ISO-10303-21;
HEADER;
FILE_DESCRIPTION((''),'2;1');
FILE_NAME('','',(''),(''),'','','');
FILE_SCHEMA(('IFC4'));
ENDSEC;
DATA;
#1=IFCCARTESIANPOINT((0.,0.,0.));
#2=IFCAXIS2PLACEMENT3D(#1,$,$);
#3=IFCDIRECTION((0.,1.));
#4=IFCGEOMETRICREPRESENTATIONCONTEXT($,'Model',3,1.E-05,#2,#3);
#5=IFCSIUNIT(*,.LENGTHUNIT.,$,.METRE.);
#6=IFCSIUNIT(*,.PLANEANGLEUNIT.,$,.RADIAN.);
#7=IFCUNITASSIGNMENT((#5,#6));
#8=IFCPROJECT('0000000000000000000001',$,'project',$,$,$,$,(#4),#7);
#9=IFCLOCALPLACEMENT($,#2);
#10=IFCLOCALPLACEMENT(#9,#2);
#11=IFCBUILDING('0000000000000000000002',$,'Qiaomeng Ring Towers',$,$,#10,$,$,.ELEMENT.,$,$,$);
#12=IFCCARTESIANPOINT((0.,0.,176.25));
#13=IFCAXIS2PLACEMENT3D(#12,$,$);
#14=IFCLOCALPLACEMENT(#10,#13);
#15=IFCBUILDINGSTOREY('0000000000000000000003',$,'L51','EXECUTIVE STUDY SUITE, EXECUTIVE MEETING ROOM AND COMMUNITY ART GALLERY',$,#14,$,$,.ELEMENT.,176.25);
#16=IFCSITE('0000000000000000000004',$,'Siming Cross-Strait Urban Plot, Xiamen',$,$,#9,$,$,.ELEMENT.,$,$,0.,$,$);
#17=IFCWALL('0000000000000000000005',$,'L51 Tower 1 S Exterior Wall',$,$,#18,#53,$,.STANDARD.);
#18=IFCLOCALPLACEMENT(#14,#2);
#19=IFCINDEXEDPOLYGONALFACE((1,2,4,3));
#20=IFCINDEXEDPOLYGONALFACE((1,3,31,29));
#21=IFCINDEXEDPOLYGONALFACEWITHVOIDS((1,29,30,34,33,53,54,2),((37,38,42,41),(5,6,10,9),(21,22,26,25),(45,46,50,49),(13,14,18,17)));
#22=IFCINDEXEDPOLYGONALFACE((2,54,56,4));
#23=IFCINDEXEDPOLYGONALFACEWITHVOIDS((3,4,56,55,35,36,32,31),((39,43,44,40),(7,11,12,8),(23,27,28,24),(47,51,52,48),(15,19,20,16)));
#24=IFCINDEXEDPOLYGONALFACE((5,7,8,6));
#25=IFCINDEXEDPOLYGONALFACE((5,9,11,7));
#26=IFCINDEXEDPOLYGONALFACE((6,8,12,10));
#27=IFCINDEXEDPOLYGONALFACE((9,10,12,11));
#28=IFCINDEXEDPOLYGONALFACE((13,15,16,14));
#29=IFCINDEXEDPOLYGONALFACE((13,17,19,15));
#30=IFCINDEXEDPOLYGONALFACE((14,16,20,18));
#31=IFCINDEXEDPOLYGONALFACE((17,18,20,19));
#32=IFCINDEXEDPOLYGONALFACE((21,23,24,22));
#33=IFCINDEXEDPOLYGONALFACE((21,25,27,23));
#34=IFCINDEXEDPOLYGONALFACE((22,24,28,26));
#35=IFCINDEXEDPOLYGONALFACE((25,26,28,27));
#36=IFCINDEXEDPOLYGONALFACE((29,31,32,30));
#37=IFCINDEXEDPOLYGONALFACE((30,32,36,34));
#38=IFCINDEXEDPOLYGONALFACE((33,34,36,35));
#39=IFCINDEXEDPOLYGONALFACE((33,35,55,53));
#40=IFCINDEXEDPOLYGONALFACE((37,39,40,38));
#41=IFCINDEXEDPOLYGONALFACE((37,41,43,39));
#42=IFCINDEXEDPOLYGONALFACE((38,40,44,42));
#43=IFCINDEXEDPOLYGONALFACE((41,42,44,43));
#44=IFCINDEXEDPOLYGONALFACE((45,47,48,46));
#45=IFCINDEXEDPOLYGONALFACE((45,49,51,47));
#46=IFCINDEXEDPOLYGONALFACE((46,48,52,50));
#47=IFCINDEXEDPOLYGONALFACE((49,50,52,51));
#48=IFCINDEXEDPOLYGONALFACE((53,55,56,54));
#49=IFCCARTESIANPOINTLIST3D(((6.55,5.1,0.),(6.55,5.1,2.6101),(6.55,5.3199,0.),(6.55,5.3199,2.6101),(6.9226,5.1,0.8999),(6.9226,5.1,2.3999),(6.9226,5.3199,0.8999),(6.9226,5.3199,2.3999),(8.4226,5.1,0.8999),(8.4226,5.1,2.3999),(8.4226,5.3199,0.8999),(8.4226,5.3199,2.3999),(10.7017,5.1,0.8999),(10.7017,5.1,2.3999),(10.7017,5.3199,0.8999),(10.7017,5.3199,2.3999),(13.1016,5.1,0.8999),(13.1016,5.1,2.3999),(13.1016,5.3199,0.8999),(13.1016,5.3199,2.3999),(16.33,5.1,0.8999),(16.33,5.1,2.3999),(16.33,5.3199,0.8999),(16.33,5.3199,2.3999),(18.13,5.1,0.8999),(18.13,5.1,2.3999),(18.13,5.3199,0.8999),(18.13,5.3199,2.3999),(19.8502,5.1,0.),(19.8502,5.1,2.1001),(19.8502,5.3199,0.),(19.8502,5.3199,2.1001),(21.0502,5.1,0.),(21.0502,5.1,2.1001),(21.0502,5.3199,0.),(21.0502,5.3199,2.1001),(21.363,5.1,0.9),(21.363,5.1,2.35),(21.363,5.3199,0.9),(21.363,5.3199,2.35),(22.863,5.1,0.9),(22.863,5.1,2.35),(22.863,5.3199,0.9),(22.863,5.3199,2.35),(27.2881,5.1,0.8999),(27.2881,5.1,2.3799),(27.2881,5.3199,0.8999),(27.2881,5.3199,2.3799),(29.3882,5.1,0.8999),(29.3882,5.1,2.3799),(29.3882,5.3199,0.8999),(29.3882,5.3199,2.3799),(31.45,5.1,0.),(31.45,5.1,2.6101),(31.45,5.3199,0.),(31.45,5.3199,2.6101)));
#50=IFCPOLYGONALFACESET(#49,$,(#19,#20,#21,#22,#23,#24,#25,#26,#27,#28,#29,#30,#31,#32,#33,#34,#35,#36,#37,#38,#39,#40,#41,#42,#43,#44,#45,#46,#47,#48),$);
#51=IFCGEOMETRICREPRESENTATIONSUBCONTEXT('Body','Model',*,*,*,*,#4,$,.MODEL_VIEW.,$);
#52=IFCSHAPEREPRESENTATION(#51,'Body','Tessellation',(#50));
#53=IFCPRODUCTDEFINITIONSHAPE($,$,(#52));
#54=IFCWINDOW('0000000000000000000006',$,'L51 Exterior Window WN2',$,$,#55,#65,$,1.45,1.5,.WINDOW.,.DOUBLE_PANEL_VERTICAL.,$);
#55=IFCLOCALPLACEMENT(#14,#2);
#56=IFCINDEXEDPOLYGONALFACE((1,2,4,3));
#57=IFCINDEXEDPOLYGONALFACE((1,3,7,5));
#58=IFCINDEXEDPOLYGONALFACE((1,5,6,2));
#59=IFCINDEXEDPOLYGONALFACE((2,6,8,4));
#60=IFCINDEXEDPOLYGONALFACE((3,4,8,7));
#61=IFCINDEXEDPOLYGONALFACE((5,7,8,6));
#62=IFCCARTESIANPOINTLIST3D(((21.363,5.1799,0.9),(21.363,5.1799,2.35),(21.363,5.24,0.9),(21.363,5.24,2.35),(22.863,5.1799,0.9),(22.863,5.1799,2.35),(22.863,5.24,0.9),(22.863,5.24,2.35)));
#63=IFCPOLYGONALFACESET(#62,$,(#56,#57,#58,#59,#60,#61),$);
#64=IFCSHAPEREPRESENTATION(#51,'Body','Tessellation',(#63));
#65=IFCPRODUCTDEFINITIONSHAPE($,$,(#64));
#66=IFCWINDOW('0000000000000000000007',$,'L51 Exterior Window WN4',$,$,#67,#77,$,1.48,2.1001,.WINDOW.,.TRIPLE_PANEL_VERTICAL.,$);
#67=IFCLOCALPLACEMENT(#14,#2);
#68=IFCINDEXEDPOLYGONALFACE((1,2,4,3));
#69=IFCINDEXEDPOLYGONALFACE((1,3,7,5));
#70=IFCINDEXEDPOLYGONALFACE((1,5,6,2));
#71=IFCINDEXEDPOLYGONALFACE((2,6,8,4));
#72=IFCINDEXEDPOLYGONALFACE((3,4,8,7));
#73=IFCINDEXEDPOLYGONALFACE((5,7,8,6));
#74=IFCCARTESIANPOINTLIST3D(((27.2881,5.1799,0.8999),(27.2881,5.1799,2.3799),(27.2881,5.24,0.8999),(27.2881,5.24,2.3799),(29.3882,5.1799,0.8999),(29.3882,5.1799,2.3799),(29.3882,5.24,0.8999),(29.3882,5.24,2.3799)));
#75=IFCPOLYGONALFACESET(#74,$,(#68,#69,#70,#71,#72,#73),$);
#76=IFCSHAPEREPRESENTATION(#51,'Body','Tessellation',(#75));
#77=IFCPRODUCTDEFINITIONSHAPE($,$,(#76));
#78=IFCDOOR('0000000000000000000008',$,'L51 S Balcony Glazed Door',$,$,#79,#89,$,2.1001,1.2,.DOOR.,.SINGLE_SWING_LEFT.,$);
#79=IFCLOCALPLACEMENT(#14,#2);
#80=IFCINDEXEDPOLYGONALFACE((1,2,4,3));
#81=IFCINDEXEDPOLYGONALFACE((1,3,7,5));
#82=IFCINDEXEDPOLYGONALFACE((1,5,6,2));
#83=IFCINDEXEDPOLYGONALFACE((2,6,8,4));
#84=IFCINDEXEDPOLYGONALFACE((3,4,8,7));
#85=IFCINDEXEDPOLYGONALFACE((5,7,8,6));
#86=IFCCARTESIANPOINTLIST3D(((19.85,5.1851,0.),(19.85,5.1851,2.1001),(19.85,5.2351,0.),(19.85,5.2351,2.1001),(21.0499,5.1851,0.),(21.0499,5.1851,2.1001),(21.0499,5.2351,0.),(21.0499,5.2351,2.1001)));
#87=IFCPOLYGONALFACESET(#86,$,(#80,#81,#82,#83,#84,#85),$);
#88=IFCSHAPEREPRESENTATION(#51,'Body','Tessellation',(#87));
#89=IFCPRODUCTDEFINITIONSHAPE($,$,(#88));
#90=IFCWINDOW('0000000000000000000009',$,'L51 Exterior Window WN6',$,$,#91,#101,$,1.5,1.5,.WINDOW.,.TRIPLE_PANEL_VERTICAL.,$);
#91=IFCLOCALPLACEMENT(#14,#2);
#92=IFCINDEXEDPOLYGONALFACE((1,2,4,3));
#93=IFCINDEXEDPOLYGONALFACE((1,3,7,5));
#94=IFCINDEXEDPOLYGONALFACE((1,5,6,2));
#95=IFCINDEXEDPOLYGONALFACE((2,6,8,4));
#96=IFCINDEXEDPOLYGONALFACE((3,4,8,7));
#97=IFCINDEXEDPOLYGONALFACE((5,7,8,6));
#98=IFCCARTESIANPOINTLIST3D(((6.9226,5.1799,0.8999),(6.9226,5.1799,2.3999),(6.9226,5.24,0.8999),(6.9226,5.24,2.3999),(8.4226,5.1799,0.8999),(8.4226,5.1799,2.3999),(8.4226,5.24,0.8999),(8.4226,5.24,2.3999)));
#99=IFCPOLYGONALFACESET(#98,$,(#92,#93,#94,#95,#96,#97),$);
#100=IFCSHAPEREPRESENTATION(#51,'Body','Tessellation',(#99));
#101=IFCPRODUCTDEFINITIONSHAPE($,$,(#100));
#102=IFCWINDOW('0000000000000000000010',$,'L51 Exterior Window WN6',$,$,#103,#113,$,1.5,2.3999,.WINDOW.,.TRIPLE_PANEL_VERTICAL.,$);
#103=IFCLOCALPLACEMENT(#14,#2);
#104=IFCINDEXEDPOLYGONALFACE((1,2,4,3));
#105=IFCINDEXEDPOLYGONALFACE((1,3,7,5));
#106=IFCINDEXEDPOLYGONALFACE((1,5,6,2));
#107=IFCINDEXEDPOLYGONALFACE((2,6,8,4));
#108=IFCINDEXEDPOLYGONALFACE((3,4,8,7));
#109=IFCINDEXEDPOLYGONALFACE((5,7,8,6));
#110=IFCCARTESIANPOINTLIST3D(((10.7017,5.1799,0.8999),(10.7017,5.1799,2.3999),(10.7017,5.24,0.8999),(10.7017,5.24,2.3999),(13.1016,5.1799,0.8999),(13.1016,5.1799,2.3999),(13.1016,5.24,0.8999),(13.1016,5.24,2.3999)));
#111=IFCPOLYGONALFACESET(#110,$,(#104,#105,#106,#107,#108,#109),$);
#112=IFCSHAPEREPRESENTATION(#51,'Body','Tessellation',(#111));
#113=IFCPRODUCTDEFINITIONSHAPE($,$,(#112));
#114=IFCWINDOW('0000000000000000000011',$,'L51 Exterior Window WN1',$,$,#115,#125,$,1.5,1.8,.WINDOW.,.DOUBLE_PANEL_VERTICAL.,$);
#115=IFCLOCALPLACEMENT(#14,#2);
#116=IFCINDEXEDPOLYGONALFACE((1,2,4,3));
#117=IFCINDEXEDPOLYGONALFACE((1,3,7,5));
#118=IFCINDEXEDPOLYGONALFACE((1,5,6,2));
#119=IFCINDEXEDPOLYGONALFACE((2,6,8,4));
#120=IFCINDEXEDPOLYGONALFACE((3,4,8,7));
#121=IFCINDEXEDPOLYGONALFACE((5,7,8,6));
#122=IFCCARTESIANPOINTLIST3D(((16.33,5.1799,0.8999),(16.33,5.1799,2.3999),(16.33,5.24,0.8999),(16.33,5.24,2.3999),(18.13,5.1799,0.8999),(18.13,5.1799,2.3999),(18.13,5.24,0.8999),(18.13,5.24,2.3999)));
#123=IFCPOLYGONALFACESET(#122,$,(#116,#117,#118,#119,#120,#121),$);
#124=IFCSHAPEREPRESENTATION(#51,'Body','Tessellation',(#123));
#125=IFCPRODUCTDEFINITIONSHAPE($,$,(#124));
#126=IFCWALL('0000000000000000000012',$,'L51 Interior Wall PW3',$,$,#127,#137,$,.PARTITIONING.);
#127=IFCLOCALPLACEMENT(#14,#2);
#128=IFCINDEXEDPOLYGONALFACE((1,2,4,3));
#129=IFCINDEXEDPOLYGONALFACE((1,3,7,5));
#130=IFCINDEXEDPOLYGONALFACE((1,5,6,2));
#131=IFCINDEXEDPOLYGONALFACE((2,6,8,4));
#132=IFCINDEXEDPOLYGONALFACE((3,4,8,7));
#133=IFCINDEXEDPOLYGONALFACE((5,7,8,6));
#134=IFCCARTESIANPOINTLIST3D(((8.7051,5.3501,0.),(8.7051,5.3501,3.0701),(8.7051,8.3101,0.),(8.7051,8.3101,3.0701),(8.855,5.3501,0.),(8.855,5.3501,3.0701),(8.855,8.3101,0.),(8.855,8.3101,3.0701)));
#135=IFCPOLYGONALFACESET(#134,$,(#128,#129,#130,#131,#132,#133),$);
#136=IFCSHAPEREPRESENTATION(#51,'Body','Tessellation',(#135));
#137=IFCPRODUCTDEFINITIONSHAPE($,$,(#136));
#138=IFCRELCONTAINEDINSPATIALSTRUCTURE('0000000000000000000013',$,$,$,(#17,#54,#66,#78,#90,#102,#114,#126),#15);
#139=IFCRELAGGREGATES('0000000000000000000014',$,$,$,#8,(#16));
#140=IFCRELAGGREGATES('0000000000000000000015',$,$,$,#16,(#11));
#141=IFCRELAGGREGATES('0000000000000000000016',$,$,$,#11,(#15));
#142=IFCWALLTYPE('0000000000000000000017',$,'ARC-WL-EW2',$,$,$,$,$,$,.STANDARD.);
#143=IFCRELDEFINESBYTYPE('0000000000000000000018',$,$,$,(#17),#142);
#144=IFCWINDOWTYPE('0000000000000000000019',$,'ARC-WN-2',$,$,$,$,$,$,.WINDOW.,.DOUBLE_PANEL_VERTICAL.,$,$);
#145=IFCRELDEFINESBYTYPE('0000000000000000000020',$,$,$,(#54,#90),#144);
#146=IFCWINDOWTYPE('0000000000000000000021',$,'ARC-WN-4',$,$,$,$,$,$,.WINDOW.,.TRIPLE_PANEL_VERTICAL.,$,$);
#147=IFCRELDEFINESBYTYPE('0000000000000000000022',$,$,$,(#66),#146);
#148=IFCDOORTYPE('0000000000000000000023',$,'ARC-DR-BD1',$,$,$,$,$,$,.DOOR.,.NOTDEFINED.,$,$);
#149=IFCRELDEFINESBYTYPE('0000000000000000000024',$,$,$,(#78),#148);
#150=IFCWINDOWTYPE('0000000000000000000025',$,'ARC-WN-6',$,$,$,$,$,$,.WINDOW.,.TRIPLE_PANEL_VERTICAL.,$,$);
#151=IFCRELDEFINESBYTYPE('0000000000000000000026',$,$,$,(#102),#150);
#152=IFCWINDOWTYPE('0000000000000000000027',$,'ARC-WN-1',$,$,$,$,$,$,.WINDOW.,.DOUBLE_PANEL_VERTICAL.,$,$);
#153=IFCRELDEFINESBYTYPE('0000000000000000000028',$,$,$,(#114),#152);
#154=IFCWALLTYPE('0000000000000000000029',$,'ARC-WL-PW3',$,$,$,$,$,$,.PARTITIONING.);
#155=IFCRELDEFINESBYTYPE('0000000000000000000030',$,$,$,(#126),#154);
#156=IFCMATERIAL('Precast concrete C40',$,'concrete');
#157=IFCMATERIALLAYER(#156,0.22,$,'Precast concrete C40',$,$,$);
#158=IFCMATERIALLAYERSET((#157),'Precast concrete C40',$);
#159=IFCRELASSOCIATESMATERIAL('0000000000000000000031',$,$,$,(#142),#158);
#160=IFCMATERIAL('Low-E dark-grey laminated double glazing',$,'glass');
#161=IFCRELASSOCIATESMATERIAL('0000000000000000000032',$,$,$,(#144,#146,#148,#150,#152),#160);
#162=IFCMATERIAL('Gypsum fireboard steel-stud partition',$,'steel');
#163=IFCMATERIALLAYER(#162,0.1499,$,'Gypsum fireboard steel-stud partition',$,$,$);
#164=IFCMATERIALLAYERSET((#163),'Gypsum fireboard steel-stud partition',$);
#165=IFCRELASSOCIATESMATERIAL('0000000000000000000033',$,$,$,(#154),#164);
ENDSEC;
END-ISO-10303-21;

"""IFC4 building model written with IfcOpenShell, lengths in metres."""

from ifc_helpers import new_model, si_unit, direction, frame, frame_2d, origin, place, context, subcontext, project, spatial, rectangle, extrude, source, transform, mapped, material, layer, layer_set, type_object, element, fill, save


model = new_model("IFC4")

# Units and contexts
model_context = context("Model", 3, precision=1e-05, world=origin(), true_north=direction((0.0, 1.0)))
body_context = subcontext(model_context, "Body", "Model", "MODEL_VIEW")
ifc_project = project(units=[si_unit("LENGTHUNIT", "METRE"), si_unit("PLANEANGLEUNIT", "RADIAN")], contexts=[model_context])

# Site, building, storey
site_placement = place(None, origin())
site = spatial("IfcSite", under=ifc_project, at=site_placement, Name="Siming Cross-Strait Urban Plot, Xiamen", CompositionType="ELEMENT", RefElevation=0.0)
building_placement = place(site_placement, origin())
building = spatial("IfcBuilding", under=site, at=building_placement, Name="Qiaomeng Ring Towers", CompositionType="ELEMENT")
storey_placement = place(building_placement, frame((0.0, 0.0, 176.25)))
storey = spatial("IfcBuildingStorey", under=building, at=storey_placement, Name="L51", Description="EXECUTIVE STUDY SUITE, EXECUTIVE MEETING ROOM AND COMMUNITY ART GALLERY", CompositionType="ELEMENT", Elevation=176.25)

# Shared definitions
ifc_material_1 = material(Name="Low-E dark-grey laminated double glazing", Category="glass")

# Wall, openings, windows, door
ifc_material_2 = material(Name="Precast concrete C40", Category="concrete")
ifc_layer_1 = layer(ifc_material_2, 0.22, Name="Precast concrete C40")
ifc_layer_set_1 = layer_set([ifc_layer_1], Name="Precast concrete C40")
wall_type_1 = type_object("IfcWallType", Name="ARC-WL-EW2", PredefinedType="STANDARD", material=ifc_layer_set_1)
wall_1_placement = place(storey_placement, frame((6.55, 5.21, 0.0), z_axis=(0.0, 0.0, 1.0), x_axis=(1.0, 0.0, 0.0)))
wall_1 = element("IfcWall", 1, at=wall_1_placement, inside=storey, type_object=wall_type_1, Name="L51 Tower 1 S Exterior Wall", PredefinedType="STANDARD", context=body_context, shape_type="SweptSolid", body=[
    extrude(rectangle(XDim=24.8999, YDim=0.22, at=frame_2d((12.45, 0.0))), origin(), (0.0, 0.0, 1.0), 2.6101),
])
opening_1_placement = place(wall_1_placement, frame((13.3, 0.0, 0.0)))
opening_1 = element("IfcOpeningElement", 2, at=opening_1_placement, cuts=wall_1, PredefinedType="OPENING", context=body_context, shape_type="SweptSolid", body=[
    extrude(rectangle(XDim=1.2, YDim=2.1001, at=frame_2d((0.6001, 1.05))), frame((0.0, 0.1199, 0.0), z_axis=(0.0, -1.0, 0.0), x_axis=(1.0, 0.0, 0.0)), (0.0, 0.0, 1.0), 0.24),
])
opening_2_placement = place(wall_1_placement, frame((0.3726, 0.0, 0.8999)))
opening_2 = element("IfcOpeningElement", 3, at=opening_2_placement, cuts=wall_1, PredefinedType="OPENING", context=body_context, shape_type="SweptSolid", body=[
    extrude(rectangle(XDim=1.5, YDim=1.5, at=frame_2d((0.75, 0.75))), frame((0.0, 0.1199, 0.0), z_axis=(0.0, -1.0, 0.0), x_axis=(1.0, 0.0, 0.0)), (0.0, 0.0, 1.0), 0.24),
])
opening_3_placement = place(wall_1_placement, frame((9.78, 0.0, 0.8999)))
opening_3 = element("IfcOpeningElement", 4, at=opening_3_placement, cuts=wall_1, PredefinedType="OPENING", context=body_context, shape_type="SweptSolid", body=[
    extrude(rectangle(XDim=1.8, YDim=1.5, at=frame_2d((0.8999, 0.75))), frame((0.0, 0.1199, 0.0), z_axis=(0.0, -1.0, 0.0), x_axis=(1.0, 0.0, 0.0)), (0.0, 0.0, 1.0), 0.24),
])
opening_4_placement = place(wall_1_placement, frame((14.813, 0.0, 0.8999)))
opening_4 = element("IfcOpeningElement", 5, at=opening_4_placement, cuts=wall_1, PredefinedType="OPENING", context=body_context, shape_type="SweptSolid", body=[
    extrude(rectangle(XDim=1.5, YDim=1.45, at=frame_2d((0.75, 0.7251))), frame((0.0, 0.1199, 0.0), z_axis=(0.0, -1.0, 0.0), x_axis=(1.0, 0.0, 0.0)), (0.0, 0.0, 1.0), 0.24),
])
opening_5_placement = place(wall_1_placement, frame((20.738, 0.0, 0.8999)))
opening_5 = element("IfcOpeningElement", 6, at=opening_5_placement, cuts=wall_1, PredefinedType="OPENING", context=body_context, shape_type="SweptSolid", body=[
    extrude(rectangle(XDim=2.1001, YDim=1.48, at=frame_2d((1.05, 0.74))), frame((0.0, 0.1199, 0.0), z_axis=(0.0, -1.0, 0.0), x_axis=(1.0, 0.0, 0.0)), (0.0, 0.0, 1.0), 0.24),
])
opening_6_placement = place(wall_1_placement, frame((4.1516, 0.0, 0.8999)))
opening_6 = element("IfcOpeningElement", 7, at=opening_6_placement, cuts=wall_1, PredefinedType="OPENING", context=body_context, shape_type="SweptSolid", body=[
    extrude(rectangle(XDim=2.3999, YDim=1.5, at=frame_2d((1.2, 0.75))), frame((0.0, 0.1199, 0.0), z_axis=(0.0, -1.0, 0.0), x_axis=(1.0, 0.0, 0.0)), (0.0, 0.0, 1.0), 0.24),
])
window_type_1 = type_object("IfcWindowType", Name="ARC-WN-2", PartitioningType="DOUBLE_PANEL_VERTICAL", PredefinedType="WINDOW", material=ifc_material_1)
shared_shape_1 = source(origin(), body_context, "Body", "SweptSolid", [
    extrude(rectangle(XDim=1.5, YDim=1.45, at=frame_2d((0.75, 0.7251))), frame((0.0, 0.03, 0.0), z_axis=(0.0, -1.0, 0.0), x_axis=(1.0, 0.0, 0.0)), (0.0, 0.0, 1.0), 0.0601),
])
window_1_placement = place(opening_4_placement, origin())
window_1 = element("IfcWindow", 8, at=window_1_placement, inside=storey, type_object=window_type_1, Name="L51 Exterior Window WN2", OverallHeight=1.45, OverallWidth=1.5, PartitioningType="DOUBLE_PANEL_VERTICAL", PredefinedType="WINDOW", context=body_context, shape_type="MappedRepresentation", body=[
    mapped(shared_shape_1, transform((0.0, 0.0, 0.0), x_axis=(1.0, 0.0, 0.0), y_axis=(0.0, 1.0, 0.0), z_axis=(0.0, 0.0, 1.0), scale=1.0)),
])
fill(opening_4, window_1)
window_type_2 = type_object("IfcWindowType", Name="ARC-WN-4", PartitioningType="TRIPLE_PANEL_VERTICAL", PredefinedType="WINDOW", material=ifc_material_1)
shared_shape_2 = source(origin(), body_context, "Body", "SweptSolid", [
    extrude(rectangle(XDim=2.1001, YDim=1.48, at=frame_2d((1.05, 0.74))), frame((0.0, 0.03, 0.0), z_axis=(0.0, -1.0, 0.0), x_axis=(1.0, 0.0, 0.0)), (0.0, 0.0, 1.0), 0.0601),
])
window_2_placement = place(opening_5_placement, origin())
window_2 = element("IfcWindow", 9, at=window_2_placement, inside=storey, type_object=window_type_2, Name="L51 Exterior Window WN4", OverallHeight=1.48, OverallWidth=2.1001, PartitioningType="TRIPLE_PANEL_VERTICAL", PredefinedType="WINDOW", context=body_context, shape_type="MappedRepresentation", body=[
    mapped(shared_shape_2, transform((0.0, 0.0, 0.0), x_axis=(1.0, 0.0, 0.0), y_axis=(0.0, 1.0, 0.0), z_axis=(0.0, 0.0, 1.0), scale=1.0)),
])
fill(opening_5, window_2)
door_type = type_object("IfcDoorType", Name="ARC-DR-BD1", OperationType="NOTDEFINED", PredefinedType="DOOR", material=ifc_material_1)
shared_shape_3 = source(origin(), body_context, "Body", "SweptSolid", [
    extrude(rectangle(XDim=1.2, YDim=2.1001, at=frame_2d((0.6001, 1.05))), frame((0.0, 0.0249, 0.0), z_axis=(0.0, -1.0, 0.0), x_axis=(1.0, 0.0, 0.0)), (0.0, 0.0, 1.0), 0.05),
])
door_placement = place(opening_1_placement, frame((1.2, 0.0, 0.0), z_axis=(0.0, 0.0, 1.0), x_axis=(-1.0, 0.0, 0.0)))
door = element("IfcDoor", 10, at=door_placement, inside=storey, type_object=door_type, Name="L51 S Balcony Glazed Door", OperationType="SINGLE_SWING_LEFT", OverallHeight=2.1001, OverallWidth=1.2, PredefinedType="DOOR", context=body_context, shape_type="MappedRepresentation", body=[
    mapped(shared_shape_3, transform((0.0, 0.0, 0.0), x_axis=(1.0, 0.0, 0.0), y_axis=(0.0, 1.0, 0.0), z_axis=(0.0, 0.0, 1.0), scale=1.0)),
])
fill(opening_1, door)
shared_shape_4 = source(origin(), body_context, "Body", "SweptSolid", [
    extrude(rectangle(XDim=1.5, YDim=1.5, at=frame_2d((0.75, 0.75))), frame((0.0, 0.03, 0.0), z_axis=(0.0, -1.0, 0.0), x_axis=(1.0, 0.0, 0.0)), (0.0, 0.0, 1.0), 0.0601),
])
window_3_placement = place(opening_2_placement, origin())
window_3 = element("IfcWindow", 11, at=window_3_placement, inside=storey, type_object=window_type_1, Name="L51 Exterior Window WN6", OverallHeight=1.5, OverallWidth=1.5, PartitioningType="TRIPLE_PANEL_VERTICAL", PredefinedType="WINDOW", context=body_context, shape_type="MappedRepresentation", body=[
    mapped(shared_shape_4, transform((0.0, 0.0, 0.0), x_axis=(1.0, 0.0, 0.0), y_axis=(0.0, 1.0, 0.0), z_axis=(0.0, 0.0, 1.0), scale=1.0)),
])
fill(opening_2, window_3)
window_type_3 = type_object("IfcWindowType", Name="ARC-WN-6", PartitioningType="TRIPLE_PANEL_VERTICAL", PredefinedType="WINDOW", material=ifc_material_1)
shared_shape_5 = source(origin(), body_context, "Body", "SweptSolid", [
    extrude(rectangle(XDim=2.3999, YDim=1.5, at=frame_2d((1.2, 0.75))), frame((0.0, 0.03, 0.0), z_axis=(0.0, -1.0, 0.0), x_axis=(1.0, 0.0, 0.0)), (0.0, 0.0, 1.0), 0.0601),
])
window_4_placement = place(opening_6_placement, origin())
window_4 = element("IfcWindow", 12, at=window_4_placement, inside=storey, type_object=window_type_3, Name="L51 Exterior Window WN6", OverallHeight=1.5, OverallWidth=2.3999, PartitioningType="TRIPLE_PANEL_VERTICAL", PredefinedType="WINDOW", context=body_context, shape_type="MappedRepresentation", body=[
    mapped(shared_shape_5, transform((0.0, 0.0, 0.0), x_axis=(1.0, 0.0, 0.0), y_axis=(0.0, 1.0, 0.0), z_axis=(0.0, 0.0, 1.0), scale=1.0)),
])
fill(opening_6, window_4)
window_type_4 = type_object("IfcWindowType", Name="ARC-WN-1", PartitioningType="DOUBLE_PANEL_VERTICAL", PredefinedType="WINDOW", material=ifc_material_1)
shared_shape_6 = source(origin(), body_context, "Body", "SweptSolid", [
    extrude(rectangle(XDim=1.8, YDim=1.5, at=frame_2d((0.8999, 0.75))), frame((0.0, 0.03, 0.0), z_axis=(0.0, -1.0, 0.0), x_axis=(1.0, 0.0, 0.0)), (0.0, 0.0, 1.0), 0.0601),
])
window_5_placement = place(opening_3_placement, origin())
window_5 = element("IfcWindow", 13, at=window_5_placement, inside=storey, type_object=window_type_4, Name="L51 Exterior Window WN1", OverallHeight=1.5, OverallWidth=1.8, PartitioningType="DOUBLE_PANEL_VERTICAL", PredefinedType="WINDOW", context=body_context, shape_type="MappedRepresentation", body=[
    mapped(shared_shape_6, transform((0.0, 0.0, 0.0), x_axis=(1.0, 0.0, 0.0), y_axis=(0.0, 1.0, 0.0), z_axis=(0.0, 0.0, 1.0), scale=1.0)),
])
fill(opening_3, window_5)

# Wall
ifc_material_3 = material(Name="Gypsum fireboard steel-stud partition", Category="steel")
ifc_layer_2 = layer(ifc_material_3, 0.1499, Name="Gypsum fireboard steel-stud partition")
ifc_layer_set_2 = layer_set([ifc_layer_2], Name="Gypsum fireboard steel-stud partition")
wall_type_2 = type_object("IfcWallType", Name="ARC-WL-PW3", PredefinedType="PARTITIONING", material=ifc_layer_set_2)
wall_2_placement = place(storey_placement, frame((8.78, 5.3501, 0.0), z_axis=(0.0, 0.0, 1.0), x_axis=(0.0, 1.0, 0.0)))
element("IfcWall", 14, at=wall_2_placement, inside=storey, type_object=wall_type_2, Name="L51 Interior Wall PW3", PredefinedType="PARTITIONING", context=body_context, shape_type="SweptSolid", body=[
    extrude(rectangle(XDim=2.96, YDim=0.1499, at=frame_2d((1.48, 0.0))), origin(), (0.0, 0.0, 1.0), 3.0701),
])

save(model, "model.ifc")
